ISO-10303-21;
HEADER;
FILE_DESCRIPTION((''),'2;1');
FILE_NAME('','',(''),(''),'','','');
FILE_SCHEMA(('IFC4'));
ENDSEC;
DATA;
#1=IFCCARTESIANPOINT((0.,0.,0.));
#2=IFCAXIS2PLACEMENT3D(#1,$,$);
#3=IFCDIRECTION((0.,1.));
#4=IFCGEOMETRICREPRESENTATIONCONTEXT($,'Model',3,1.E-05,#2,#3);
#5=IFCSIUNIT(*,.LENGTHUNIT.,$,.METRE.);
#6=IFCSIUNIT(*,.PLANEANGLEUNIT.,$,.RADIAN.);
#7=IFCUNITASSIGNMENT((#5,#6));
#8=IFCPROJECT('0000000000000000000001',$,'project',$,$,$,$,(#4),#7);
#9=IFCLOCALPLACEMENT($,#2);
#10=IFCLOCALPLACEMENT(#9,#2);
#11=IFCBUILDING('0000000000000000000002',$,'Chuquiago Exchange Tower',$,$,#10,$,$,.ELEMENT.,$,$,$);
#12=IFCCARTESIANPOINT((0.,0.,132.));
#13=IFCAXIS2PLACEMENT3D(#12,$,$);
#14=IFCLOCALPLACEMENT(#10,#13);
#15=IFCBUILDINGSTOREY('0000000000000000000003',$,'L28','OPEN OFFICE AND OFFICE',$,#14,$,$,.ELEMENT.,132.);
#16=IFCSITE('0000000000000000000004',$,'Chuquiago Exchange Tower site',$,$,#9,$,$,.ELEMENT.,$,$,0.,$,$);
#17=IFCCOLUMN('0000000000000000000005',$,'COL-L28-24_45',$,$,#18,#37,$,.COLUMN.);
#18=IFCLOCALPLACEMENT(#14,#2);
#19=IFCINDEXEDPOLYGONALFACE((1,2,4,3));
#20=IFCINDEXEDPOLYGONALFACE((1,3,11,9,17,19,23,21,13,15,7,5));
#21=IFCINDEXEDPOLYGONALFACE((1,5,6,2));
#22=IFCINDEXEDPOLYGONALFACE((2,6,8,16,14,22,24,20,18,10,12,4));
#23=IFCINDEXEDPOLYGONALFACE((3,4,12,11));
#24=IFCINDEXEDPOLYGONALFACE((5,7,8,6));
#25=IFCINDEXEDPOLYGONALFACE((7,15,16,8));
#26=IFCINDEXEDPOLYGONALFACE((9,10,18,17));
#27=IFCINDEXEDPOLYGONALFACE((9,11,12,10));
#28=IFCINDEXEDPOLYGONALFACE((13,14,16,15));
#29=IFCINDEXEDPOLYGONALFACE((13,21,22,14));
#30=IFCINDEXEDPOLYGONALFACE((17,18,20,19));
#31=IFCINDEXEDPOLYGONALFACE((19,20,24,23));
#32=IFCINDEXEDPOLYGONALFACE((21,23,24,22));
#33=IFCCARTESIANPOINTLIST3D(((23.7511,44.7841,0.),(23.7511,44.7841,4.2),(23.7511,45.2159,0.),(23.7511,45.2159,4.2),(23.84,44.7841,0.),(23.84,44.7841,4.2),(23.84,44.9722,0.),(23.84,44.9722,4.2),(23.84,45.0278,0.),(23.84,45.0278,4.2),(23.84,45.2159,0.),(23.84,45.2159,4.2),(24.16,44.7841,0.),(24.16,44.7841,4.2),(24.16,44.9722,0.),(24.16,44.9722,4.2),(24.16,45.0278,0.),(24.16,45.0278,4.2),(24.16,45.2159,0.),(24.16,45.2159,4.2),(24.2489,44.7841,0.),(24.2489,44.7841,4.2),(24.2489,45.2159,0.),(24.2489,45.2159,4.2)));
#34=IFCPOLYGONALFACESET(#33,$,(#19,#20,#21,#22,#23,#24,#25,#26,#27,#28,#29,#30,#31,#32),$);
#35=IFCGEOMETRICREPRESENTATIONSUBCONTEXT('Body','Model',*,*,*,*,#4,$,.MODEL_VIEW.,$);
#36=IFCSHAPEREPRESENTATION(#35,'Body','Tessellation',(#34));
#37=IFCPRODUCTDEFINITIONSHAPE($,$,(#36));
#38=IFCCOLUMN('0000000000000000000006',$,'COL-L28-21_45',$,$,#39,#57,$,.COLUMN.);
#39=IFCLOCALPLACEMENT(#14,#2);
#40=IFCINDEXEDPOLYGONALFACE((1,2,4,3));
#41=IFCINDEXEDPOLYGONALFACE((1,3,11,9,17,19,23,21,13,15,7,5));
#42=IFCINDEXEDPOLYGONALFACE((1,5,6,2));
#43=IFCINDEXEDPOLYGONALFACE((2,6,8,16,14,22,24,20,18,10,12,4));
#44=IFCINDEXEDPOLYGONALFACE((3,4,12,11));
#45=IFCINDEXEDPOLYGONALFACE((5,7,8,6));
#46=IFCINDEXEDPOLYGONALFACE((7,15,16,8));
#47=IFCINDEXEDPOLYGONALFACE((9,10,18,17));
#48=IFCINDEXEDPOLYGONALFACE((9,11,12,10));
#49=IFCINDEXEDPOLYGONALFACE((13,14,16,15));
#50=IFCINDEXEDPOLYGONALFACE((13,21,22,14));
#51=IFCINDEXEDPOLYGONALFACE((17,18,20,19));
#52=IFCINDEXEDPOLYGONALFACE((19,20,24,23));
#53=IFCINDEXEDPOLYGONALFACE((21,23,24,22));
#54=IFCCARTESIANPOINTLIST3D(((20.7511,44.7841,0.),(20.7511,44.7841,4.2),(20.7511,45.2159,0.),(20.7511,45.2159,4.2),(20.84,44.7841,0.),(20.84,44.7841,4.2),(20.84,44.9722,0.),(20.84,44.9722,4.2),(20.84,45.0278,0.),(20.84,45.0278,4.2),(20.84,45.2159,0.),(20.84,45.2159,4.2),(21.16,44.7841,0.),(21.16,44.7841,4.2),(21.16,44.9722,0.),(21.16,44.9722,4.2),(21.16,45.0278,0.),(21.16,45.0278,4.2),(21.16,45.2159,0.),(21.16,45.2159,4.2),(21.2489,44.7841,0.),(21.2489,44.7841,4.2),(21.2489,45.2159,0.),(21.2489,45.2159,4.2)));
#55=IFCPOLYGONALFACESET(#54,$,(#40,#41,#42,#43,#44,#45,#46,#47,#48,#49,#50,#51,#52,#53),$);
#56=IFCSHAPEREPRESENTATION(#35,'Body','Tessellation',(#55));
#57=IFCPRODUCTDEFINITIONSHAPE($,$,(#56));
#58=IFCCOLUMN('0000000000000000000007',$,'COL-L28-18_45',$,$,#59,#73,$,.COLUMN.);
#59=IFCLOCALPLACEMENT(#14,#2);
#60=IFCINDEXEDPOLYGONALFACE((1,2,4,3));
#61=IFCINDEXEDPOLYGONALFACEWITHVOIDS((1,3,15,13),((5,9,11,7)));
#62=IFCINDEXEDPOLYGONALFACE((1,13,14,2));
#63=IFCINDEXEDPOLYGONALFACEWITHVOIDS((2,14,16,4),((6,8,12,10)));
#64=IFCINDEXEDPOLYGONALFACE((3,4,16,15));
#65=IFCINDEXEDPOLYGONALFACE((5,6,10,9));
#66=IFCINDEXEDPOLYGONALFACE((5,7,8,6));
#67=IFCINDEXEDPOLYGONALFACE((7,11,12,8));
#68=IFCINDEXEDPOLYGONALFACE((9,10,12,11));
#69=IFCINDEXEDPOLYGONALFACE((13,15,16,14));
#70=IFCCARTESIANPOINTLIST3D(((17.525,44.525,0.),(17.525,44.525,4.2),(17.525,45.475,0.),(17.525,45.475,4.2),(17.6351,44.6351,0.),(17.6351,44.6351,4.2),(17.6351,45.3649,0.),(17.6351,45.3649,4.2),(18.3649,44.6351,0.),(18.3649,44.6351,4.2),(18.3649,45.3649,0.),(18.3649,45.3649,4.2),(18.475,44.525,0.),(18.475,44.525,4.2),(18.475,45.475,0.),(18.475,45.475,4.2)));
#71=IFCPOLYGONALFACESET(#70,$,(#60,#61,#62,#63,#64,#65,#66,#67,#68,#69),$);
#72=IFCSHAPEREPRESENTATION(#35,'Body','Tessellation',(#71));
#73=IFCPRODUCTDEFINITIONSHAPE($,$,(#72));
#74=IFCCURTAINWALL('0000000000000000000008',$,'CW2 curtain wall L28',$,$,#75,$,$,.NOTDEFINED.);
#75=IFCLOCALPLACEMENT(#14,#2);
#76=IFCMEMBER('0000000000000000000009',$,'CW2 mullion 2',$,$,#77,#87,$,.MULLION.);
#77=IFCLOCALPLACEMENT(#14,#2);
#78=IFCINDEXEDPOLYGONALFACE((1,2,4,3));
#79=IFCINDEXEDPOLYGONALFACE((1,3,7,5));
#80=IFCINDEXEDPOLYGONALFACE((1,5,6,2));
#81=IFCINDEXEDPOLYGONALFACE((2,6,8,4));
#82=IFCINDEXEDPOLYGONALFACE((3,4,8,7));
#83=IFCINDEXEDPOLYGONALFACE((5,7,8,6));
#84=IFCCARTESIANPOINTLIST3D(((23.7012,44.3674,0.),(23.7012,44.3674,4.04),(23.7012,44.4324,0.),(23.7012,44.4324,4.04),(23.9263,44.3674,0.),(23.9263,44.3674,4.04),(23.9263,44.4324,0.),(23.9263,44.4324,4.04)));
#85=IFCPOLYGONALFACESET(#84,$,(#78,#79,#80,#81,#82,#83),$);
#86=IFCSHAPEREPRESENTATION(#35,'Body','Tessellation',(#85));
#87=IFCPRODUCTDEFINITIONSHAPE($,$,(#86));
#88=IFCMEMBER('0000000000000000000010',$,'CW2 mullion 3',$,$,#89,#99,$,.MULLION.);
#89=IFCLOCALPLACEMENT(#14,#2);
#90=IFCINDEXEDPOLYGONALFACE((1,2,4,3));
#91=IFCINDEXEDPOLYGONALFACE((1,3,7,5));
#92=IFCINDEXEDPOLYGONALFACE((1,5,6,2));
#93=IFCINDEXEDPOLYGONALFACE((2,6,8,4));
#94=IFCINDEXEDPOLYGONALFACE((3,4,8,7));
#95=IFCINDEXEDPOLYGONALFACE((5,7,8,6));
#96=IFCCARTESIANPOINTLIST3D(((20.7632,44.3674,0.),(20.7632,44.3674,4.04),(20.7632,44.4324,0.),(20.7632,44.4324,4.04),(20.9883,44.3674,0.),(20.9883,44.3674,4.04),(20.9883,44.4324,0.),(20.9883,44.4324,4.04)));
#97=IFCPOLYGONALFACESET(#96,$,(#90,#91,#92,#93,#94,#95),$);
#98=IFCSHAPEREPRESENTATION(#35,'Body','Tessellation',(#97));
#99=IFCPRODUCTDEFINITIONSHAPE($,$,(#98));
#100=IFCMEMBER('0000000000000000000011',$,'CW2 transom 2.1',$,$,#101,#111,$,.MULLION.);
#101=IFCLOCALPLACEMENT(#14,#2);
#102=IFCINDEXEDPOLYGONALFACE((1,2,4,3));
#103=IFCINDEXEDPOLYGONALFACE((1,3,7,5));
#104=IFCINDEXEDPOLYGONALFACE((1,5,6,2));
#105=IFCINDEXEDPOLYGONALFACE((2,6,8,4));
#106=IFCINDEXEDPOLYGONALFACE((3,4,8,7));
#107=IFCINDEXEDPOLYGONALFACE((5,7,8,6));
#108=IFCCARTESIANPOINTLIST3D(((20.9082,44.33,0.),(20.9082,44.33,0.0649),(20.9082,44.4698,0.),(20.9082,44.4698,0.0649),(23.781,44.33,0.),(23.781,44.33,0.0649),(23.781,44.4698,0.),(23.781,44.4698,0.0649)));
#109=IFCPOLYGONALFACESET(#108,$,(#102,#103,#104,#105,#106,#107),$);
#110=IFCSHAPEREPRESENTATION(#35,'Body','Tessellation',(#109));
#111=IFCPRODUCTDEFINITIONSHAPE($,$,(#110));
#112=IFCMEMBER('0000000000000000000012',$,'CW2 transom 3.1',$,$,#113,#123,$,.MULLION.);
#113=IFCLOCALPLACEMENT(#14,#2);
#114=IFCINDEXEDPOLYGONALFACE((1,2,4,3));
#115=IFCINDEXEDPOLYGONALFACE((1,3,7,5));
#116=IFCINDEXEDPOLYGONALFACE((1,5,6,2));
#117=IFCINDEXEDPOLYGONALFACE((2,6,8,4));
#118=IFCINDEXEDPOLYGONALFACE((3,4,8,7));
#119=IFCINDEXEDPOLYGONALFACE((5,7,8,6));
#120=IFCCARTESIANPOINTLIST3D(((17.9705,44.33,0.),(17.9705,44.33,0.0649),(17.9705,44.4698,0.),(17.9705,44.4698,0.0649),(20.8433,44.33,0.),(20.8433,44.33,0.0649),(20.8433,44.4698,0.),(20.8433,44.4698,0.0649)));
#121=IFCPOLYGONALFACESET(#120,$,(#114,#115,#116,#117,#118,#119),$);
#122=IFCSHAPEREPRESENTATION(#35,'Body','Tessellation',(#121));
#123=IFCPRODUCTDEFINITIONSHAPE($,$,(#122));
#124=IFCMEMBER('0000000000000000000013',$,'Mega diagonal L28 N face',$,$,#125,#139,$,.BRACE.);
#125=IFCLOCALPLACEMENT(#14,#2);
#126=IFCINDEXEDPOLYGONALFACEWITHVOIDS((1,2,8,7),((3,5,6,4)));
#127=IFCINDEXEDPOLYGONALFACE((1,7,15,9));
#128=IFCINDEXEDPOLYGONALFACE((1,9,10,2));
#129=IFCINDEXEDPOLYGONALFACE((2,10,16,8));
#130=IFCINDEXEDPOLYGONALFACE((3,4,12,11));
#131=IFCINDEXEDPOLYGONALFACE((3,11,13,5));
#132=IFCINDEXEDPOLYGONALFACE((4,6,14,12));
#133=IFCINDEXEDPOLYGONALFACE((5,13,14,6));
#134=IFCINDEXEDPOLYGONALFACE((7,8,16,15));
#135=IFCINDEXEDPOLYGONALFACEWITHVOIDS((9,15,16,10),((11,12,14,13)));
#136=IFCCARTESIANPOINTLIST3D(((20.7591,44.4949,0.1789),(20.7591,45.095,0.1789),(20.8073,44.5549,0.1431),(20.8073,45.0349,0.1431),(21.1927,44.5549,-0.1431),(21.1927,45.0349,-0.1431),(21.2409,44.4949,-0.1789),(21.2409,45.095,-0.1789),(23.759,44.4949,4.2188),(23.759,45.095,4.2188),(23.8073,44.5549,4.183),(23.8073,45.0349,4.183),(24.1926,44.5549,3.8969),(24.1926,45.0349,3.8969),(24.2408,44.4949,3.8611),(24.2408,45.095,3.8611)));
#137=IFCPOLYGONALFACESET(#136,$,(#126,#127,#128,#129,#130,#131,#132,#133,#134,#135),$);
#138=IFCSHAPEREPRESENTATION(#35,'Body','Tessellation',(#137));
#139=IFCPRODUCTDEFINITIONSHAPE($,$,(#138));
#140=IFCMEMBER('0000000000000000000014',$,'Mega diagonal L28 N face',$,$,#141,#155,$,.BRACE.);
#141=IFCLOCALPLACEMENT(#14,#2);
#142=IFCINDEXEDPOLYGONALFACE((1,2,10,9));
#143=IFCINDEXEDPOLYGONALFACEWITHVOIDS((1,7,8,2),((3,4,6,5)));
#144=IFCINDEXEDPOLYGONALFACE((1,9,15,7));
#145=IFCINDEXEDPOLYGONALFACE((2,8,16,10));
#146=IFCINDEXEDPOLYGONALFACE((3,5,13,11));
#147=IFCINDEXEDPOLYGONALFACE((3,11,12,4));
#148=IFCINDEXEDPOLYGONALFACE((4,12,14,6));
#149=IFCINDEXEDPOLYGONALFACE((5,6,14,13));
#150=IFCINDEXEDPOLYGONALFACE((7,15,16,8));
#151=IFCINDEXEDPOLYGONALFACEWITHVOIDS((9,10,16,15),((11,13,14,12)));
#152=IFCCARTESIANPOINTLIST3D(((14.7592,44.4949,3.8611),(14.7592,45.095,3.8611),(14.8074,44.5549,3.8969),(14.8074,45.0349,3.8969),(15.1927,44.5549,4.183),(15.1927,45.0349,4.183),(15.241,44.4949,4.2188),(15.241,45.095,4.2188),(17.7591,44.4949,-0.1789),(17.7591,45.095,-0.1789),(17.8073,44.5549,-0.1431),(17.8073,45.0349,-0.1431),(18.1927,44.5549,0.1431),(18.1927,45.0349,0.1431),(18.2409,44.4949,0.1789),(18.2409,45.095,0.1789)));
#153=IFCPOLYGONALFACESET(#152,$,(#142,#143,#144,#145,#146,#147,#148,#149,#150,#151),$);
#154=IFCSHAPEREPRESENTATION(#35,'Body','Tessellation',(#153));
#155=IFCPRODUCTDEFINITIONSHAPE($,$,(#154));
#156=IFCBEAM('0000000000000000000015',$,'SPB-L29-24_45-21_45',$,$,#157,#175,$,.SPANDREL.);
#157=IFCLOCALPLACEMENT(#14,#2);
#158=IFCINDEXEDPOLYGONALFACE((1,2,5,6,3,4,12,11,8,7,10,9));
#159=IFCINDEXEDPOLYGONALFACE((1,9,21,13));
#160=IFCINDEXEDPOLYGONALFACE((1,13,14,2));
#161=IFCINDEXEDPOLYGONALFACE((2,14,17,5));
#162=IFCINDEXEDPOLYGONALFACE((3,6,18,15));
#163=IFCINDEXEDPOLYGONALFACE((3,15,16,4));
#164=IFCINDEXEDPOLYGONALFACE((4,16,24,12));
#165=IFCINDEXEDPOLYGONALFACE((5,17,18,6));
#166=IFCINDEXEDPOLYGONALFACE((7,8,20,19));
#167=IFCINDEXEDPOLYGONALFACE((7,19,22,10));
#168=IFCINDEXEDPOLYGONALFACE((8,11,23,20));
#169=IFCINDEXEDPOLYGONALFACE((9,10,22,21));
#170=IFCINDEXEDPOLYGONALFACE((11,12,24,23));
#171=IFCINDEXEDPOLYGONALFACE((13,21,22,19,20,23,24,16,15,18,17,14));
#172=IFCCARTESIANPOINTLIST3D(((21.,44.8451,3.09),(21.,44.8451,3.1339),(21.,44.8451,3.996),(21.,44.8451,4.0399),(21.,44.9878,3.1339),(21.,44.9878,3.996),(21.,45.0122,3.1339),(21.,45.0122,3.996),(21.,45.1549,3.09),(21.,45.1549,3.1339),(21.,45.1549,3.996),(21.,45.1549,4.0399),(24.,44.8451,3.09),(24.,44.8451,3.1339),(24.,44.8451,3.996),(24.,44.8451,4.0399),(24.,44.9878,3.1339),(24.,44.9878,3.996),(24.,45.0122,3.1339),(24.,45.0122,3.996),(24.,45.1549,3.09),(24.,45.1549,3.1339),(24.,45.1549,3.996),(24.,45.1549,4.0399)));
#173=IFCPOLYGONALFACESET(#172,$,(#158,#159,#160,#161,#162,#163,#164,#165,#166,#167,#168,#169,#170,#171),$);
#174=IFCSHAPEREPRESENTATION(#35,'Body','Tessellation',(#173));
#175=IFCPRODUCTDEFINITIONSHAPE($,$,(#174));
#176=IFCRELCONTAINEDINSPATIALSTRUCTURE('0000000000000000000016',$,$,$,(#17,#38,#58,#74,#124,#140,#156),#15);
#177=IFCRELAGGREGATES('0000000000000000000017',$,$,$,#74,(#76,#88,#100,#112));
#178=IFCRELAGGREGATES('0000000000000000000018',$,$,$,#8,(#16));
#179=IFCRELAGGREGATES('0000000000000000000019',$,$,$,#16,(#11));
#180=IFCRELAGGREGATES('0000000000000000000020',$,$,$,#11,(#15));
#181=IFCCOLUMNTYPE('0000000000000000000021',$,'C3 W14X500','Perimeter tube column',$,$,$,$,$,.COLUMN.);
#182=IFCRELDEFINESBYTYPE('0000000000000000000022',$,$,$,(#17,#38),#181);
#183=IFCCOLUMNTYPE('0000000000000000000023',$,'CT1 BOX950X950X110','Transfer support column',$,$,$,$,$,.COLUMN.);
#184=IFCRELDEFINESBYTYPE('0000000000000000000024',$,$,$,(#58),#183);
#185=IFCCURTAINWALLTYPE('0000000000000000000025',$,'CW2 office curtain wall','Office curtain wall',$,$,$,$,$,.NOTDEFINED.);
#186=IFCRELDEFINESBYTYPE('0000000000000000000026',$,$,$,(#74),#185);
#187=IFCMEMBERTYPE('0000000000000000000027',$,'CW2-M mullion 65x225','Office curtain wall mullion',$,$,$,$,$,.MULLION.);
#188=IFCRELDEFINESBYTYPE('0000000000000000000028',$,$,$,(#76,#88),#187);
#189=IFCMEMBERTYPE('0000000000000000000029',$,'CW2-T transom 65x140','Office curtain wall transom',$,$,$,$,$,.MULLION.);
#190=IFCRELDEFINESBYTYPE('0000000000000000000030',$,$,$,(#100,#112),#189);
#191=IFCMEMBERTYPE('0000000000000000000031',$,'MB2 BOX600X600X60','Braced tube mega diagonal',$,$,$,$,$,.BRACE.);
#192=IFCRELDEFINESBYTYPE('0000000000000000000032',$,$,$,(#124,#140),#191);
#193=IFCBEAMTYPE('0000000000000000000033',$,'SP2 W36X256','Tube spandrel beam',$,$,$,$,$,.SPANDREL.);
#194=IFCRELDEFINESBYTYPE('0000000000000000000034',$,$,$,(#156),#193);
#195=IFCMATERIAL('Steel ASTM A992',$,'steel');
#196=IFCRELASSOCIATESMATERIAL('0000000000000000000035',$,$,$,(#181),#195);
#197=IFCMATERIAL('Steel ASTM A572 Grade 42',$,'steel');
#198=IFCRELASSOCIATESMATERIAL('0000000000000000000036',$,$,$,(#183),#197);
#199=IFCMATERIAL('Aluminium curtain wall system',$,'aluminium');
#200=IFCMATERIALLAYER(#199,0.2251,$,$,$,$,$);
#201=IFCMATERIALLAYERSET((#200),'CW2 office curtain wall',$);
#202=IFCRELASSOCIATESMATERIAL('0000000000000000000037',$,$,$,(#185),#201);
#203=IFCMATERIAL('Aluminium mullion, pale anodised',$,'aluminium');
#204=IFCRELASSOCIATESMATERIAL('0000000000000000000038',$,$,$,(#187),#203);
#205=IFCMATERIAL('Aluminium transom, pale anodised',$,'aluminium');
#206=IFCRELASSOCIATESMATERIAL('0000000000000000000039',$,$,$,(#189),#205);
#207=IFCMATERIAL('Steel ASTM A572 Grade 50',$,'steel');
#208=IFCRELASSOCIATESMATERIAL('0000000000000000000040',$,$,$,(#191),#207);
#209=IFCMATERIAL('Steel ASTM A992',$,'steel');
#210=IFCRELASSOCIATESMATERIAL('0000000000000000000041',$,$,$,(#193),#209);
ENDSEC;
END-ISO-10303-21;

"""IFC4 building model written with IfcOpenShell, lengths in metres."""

from ifc_helpers import new_model, si_unit, direction, frame, origin, origin_2d, place, context, subcontext, project, spatial, rectangle, hollow_rectangle, i_section, extrude, material, layer, layer_set, material_profile, profile_set, type_object, element, aggregate, save


model = new_model("IFC4")

# Units and contexts
model_context = context("Model", 3, precision=1e-05, world=origin(), true_north=direction((0.0, 1.0)))
body_context = subcontext(model_context, "Body", "Model", "MODEL_VIEW")
ifc_project = project(units=[si_unit("LENGTHUNIT", "METRE"), si_unit("PLANEANGLEUNIT", "RADIAN")], contexts=[model_context])

# Site, building, storey
site_placement = place(None, origin())
site = spatial("IfcSite", under=ifc_project, at=site_placement, Name="Chuquiago Exchange Tower site", CompositionType="ELEMENT", RefElevation=0.0)
building_placement = place(site_placement, origin())
building = spatial("IfcBuilding", under=site, at=building_placement, Name="Chuquiago Exchange Tower", CompositionType="ELEMENT")
storey_placement = place(building_placement, frame((0.0, 0.0, 132.0)))
storey = spatial("IfcBuildingStorey", under=building, at=storey_placement, Name="L28", Description="OPEN OFFICE AND OFFICE", CompositionType="ELEMENT", Elevation=132.0)

# Columns
ifc_material_1 = material(Name="Steel ASTM A992", Category="steel")
ifc_material_profile_1 = material_profile(ifc_material_1, i_section(OverallWidth=0.4319, OverallDepth=0.4978, WebThickness=0.0557, FlangeThickness=0.0889, at=origin_2d()), Name="W14X500")
ifc_profile_set_1 = profile_set([ifc_material_profile_1], Name="Steel ASTM A992")
column_type_1 = type_object("IfcColumnType", Name="C3 W14X500", Description="Perimeter tube column", PredefinedType="COLUMN", material=ifc_profile_set_1)
for number, where, z_axis, x_axis, name in (
    (1, (24.0, 45.0, 0.0), (0.0, 0.0, 1.0), (0.0, 1.0, 0.0), "COL-L28-24_45"),
    (2, (21.0, 45.0, 0.0), (0.0, 0.0, 1.0), (0.0, 1.0, 0.0), "COL-L28-21_45"),
):
    element("IfcColumn", number, at=place(storey_placement, frame(where, z_axis=z_axis, x_axis=x_axis)), inside=storey, type_object=column_type_1, Name=name, PredefinedType="COLUMN", context=body_context, shape_type="SweptSolid", body=[
        extrude(i_section(OverallWidth=0.4319, OverallDepth=0.4978, WebThickness=0.0557, FlangeThickness=0.0889, at=origin_2d()), origin(), (0.0, 0.0, 1.0), 4.2),
    ])
ifc_material_2 = material(Name="Steel ASTM A572 Grade 42", Category="steel")
ifc_material_profile_2 = material_profile(ifc_material_2, hollow_rectangle(XDim=0.95, YDim=0.95, WallThickness=0.1101, at=origin_2d()), Name="BOX950X950X110")
ifc_profile_set_2 = profile_set([ifc_material_profile_2], Name="Steel ASTM A572 Grade 42")
column_type_2 = type_object("IfcColumnType", Name="CT1 BOX950X950X110", Description="Transfer support column", PredefinedType="COLUMN", material=ifc_profile_set_2)
column_placement = place(storey_placement, frame((18.0, 45.0, 0.0), z_axis=(0.0, 0.0, 1.0), x_axis=(0.0, 1.0, 0.0)))
element("IfcColumn", 3, at=column_placement, inside=storey, type_object=column_type_2, Name="COL-L28-18_45", PredefinedType="COLUMN", context=body_context, shape_type="SweptSolid", body=[
    extrude(hollow_rectangle(XDim=0.95, YDim=0.95, WallThickness=0.1101, at=origin_2d()), origin(), (0.0, 0.0, 1.0), 4.2),
])

# Curtain wall, members
ifc_material_3 = material(Name="Aluminium curtain wall system", Category="aluminium")
ifc_layer_1 = layer(ifc_material_3, 0.2251)
ifc_layer_set_1 = layer_set([ifc_layer_1], Name="CW2 office curtain wall")
curtain_wall_type = type_object("IfcCurtainWallType", Name="CW2 office curtain wall", Description="Office curtain wall", PredefinedType="NOTDEFINED", material=ifc_layer_set_1)
curtain_wall_placement = place(storey_placement, origin())
curtain_wall = element("IfcCurtainWall", 4, at=curtain_wall_placement, inside=storey, type_object=curtain_wall_type, Name="CW2 curtain wall L28", PredefinedType="NOTDEFINED")
ifc_material_4 = material(Name="Aluminium mullion, pale anodised", Category="aluminium")
ifc_material_profile_3 = material_profile(ifc_material_4, rectangle(XDim=0.0649, YDim=0.2251, at=origin_2d()), Name="AL 65x225")
ifc_profile_set_3 = profile_set([ifc_material_profile_3], Name="Aluminium mullion, pale anodised")
member_type_1 = type_object("IfcMemberType", Name="CW2-M mullion 65x225", Description="Office curtain wall mullion", PredefinedType="MULLION", material=ifc_profile_set_3)
member_1_placement = place(storey_placement, frame((23.8137, 44.3999, 0.0), z_axis=(0.0, 0.0, 1.0), x_axis=(0.0, -1.0, 0.0)))
member_1 = element("IfcMember", 5, at=member_1_placement, type_object=member_type_1, Name="CW2 mullion 2", PredefinedType="MULLION", context=body_context, shape_type="SweptSolid", body=[
    extrude(rectangle(XDim=0.0649, YDim=0.2251, at=origin_2d()), origin(), (0.0, 0.0, 1.0), 4.04),
])
member_2_placement = place(storey_placement, frame((20.8757, 44.3999, 0.0), z_axis=(0.0, 0.0, 1.0), x_axis=(0.0, -1.0, 0.0)))
member_2 = element("IfcMember", 6, at=member_2_placement, type_object=member_type_1, Name="CW2 mullion 3", PredefinedType="MULLION", context=body_context, shape_type="SweptSolid", body=[
    extrude(rectangle(XDim=0.0649, YDim=0.2251, at=origin_2d()), origin(), (0.0, 0.0, 1.0), 4.04),
])
ifc_material_5 = material(Name="Aluminium transom, pale anodised", Category="aluminium")
ifc_material_profile_4 = material_profile(ifc_material_5, rectangle(XDim=0.1399, YDim=0.0649, at=origin_2d()), Name="AL 140x65")
ifc_profile_set_4 = profile_set([ifc_material_profile_4], Name="Aluminium transom, pale anodised")
member_type_2 = type_object("IfcMemberType", Name="CW2-T transom 65x140", Description="Office curtain wall transom", PredefinedType="MULLION", material=ifc_profile_set_4)
member_3_placement = place(storey_placement, frame((23.781, 44.3999, 0.0325), z_axis=(-1.0, 0.0, 0.0), x_axis=(0.0, -1.0, 0.0)))
member_3 = element("IfcMember", 7, at=member_3_placement, type_object=member_type_2, Name="CW2 transom 2.1", PredefinedType="MULLION", context=body_context, shape_type="SweptSolid", body=[
    extrude(rectangle(XDim=0.1399, YDim=0.0649, at=origin_2d()), origin(), (0.0, 0.0, 1.0), 2.8728),
])
member_4_placement = place(storey_placement, frame((20.8433, 44.3999, 0.0325), z_axis=(-1.0, 0.0, 0.0), x_axis=(0.0, -1.0, 0.0)))
member_4 = element("IfcMember", 8, at=member_4_placement, type_object=member_type_2, Name="CW2 transom 3.1", PredefinedType="MULLION", context=body_context, shape_type="SweptSolid", body=[
    extrude(rectangle(XDim=0.1399, YDim=0.0649, at=origin_2d()), origin(), (0.0, 0.0, 1.0), 2.8728),
])

# Members
ifc_material_6 = material(Name="Steel ASTM A572 Grade 50", Category="steel")
ifc_material_profile_5 = material_profile(ifc_material_6, hollow_rectangle(XDim=0.6001, YDim=0.6001, WallThickness=0.0601, at=origin_2d()), Name="BOX600X600X60")
ifc_profile_set_5 = profile_set([ifc_material_profile_5], Name="Steel ASTM A572 Grade 50")
member_type_3 = type_object("IfcMemberType", Name="MB2 BOX600X600X60", Description="Braced tube mega diagonal", PredefinedType="BRACE", material=ifc_profile_set_5)
for number, where, z_axis, x_axis, name in (
    (9, (21.0, 44.7949, 0.0), (0.596174, 0.0, 0.802855), (0.0, 1.0, 0.0), "Mega diagonal L28 N face"),
    (10, (18.0, 44.7949, 0.0), (-0.596174, 0.0, 0.802855), (0.0, -1.0, 0.0), "Mega diagonal L28 N face"),
):
    element("IfcMember", number, at=place(storey_placement, frame(where, z_axis=z_axis, x_axis=x_axis)), inside=storey, type_object=member_type_3, Name=name, PredefinedType="BRACE", context=body_context, shape_type="SweptSolid", body=[
        extrude(hollow_rectangle(XDim=0.6001, YDim=0.6001, WallThickness=0.0601, at=origin_2d()), origin(), (0.0, 0.0, 1.0), 5.032),
    ])

# Beam
ifc_material_7 = material(Name="Steel ASTM A992", Category="steel")
ifc_material_profile_6 = material_profile(ifc_material_7, i_section(OverallWidth=0.3098, OverallDepth=0.95, WebThickness=0.0244, FlangeThickness=0.0439, at=origin_2d()), Name="W36X256")
ifc_profile_set_6 = profile_set([ifc_material_profile_6], Name="Steel ASTM A992")
beam_type = type_object("IfcBeamType", Name="SP2 W36X256", Description="Tube spandrel beam", PredefinedType="SPANDREL", material=ifc_profile_set_6)
for number, where, z_axis, x_axis, name in (
    (11, (24.0, 45.0, 3.5649), (-1.0, 0.0, 0.0), (0.0, -1.0, 0.0), "SPB-L29-24_45-21_45"),
):
    element("IfcBeam", number, at=place(storey_placement, frame(where, z_axis=z_axis, x_axis=x_axis)), inside=storey, type_object=beam_type, Name=name, PredefinedType="SPANDREL", context=body_context, shape_type="SweptSolid", body=[
        extrude(i_section(OverallWidth=0.3098, OverallDepth=0.95, WebThickness=0.0244, FlangeThickness=0.0439, at=origin_2d()), origin(), (0.0, 0.0, 1.0), 3.0),
    ])

aggregate(curtain_wall, [member_1, member_2, member_3, member_4])

save(model, "model.ifc")
